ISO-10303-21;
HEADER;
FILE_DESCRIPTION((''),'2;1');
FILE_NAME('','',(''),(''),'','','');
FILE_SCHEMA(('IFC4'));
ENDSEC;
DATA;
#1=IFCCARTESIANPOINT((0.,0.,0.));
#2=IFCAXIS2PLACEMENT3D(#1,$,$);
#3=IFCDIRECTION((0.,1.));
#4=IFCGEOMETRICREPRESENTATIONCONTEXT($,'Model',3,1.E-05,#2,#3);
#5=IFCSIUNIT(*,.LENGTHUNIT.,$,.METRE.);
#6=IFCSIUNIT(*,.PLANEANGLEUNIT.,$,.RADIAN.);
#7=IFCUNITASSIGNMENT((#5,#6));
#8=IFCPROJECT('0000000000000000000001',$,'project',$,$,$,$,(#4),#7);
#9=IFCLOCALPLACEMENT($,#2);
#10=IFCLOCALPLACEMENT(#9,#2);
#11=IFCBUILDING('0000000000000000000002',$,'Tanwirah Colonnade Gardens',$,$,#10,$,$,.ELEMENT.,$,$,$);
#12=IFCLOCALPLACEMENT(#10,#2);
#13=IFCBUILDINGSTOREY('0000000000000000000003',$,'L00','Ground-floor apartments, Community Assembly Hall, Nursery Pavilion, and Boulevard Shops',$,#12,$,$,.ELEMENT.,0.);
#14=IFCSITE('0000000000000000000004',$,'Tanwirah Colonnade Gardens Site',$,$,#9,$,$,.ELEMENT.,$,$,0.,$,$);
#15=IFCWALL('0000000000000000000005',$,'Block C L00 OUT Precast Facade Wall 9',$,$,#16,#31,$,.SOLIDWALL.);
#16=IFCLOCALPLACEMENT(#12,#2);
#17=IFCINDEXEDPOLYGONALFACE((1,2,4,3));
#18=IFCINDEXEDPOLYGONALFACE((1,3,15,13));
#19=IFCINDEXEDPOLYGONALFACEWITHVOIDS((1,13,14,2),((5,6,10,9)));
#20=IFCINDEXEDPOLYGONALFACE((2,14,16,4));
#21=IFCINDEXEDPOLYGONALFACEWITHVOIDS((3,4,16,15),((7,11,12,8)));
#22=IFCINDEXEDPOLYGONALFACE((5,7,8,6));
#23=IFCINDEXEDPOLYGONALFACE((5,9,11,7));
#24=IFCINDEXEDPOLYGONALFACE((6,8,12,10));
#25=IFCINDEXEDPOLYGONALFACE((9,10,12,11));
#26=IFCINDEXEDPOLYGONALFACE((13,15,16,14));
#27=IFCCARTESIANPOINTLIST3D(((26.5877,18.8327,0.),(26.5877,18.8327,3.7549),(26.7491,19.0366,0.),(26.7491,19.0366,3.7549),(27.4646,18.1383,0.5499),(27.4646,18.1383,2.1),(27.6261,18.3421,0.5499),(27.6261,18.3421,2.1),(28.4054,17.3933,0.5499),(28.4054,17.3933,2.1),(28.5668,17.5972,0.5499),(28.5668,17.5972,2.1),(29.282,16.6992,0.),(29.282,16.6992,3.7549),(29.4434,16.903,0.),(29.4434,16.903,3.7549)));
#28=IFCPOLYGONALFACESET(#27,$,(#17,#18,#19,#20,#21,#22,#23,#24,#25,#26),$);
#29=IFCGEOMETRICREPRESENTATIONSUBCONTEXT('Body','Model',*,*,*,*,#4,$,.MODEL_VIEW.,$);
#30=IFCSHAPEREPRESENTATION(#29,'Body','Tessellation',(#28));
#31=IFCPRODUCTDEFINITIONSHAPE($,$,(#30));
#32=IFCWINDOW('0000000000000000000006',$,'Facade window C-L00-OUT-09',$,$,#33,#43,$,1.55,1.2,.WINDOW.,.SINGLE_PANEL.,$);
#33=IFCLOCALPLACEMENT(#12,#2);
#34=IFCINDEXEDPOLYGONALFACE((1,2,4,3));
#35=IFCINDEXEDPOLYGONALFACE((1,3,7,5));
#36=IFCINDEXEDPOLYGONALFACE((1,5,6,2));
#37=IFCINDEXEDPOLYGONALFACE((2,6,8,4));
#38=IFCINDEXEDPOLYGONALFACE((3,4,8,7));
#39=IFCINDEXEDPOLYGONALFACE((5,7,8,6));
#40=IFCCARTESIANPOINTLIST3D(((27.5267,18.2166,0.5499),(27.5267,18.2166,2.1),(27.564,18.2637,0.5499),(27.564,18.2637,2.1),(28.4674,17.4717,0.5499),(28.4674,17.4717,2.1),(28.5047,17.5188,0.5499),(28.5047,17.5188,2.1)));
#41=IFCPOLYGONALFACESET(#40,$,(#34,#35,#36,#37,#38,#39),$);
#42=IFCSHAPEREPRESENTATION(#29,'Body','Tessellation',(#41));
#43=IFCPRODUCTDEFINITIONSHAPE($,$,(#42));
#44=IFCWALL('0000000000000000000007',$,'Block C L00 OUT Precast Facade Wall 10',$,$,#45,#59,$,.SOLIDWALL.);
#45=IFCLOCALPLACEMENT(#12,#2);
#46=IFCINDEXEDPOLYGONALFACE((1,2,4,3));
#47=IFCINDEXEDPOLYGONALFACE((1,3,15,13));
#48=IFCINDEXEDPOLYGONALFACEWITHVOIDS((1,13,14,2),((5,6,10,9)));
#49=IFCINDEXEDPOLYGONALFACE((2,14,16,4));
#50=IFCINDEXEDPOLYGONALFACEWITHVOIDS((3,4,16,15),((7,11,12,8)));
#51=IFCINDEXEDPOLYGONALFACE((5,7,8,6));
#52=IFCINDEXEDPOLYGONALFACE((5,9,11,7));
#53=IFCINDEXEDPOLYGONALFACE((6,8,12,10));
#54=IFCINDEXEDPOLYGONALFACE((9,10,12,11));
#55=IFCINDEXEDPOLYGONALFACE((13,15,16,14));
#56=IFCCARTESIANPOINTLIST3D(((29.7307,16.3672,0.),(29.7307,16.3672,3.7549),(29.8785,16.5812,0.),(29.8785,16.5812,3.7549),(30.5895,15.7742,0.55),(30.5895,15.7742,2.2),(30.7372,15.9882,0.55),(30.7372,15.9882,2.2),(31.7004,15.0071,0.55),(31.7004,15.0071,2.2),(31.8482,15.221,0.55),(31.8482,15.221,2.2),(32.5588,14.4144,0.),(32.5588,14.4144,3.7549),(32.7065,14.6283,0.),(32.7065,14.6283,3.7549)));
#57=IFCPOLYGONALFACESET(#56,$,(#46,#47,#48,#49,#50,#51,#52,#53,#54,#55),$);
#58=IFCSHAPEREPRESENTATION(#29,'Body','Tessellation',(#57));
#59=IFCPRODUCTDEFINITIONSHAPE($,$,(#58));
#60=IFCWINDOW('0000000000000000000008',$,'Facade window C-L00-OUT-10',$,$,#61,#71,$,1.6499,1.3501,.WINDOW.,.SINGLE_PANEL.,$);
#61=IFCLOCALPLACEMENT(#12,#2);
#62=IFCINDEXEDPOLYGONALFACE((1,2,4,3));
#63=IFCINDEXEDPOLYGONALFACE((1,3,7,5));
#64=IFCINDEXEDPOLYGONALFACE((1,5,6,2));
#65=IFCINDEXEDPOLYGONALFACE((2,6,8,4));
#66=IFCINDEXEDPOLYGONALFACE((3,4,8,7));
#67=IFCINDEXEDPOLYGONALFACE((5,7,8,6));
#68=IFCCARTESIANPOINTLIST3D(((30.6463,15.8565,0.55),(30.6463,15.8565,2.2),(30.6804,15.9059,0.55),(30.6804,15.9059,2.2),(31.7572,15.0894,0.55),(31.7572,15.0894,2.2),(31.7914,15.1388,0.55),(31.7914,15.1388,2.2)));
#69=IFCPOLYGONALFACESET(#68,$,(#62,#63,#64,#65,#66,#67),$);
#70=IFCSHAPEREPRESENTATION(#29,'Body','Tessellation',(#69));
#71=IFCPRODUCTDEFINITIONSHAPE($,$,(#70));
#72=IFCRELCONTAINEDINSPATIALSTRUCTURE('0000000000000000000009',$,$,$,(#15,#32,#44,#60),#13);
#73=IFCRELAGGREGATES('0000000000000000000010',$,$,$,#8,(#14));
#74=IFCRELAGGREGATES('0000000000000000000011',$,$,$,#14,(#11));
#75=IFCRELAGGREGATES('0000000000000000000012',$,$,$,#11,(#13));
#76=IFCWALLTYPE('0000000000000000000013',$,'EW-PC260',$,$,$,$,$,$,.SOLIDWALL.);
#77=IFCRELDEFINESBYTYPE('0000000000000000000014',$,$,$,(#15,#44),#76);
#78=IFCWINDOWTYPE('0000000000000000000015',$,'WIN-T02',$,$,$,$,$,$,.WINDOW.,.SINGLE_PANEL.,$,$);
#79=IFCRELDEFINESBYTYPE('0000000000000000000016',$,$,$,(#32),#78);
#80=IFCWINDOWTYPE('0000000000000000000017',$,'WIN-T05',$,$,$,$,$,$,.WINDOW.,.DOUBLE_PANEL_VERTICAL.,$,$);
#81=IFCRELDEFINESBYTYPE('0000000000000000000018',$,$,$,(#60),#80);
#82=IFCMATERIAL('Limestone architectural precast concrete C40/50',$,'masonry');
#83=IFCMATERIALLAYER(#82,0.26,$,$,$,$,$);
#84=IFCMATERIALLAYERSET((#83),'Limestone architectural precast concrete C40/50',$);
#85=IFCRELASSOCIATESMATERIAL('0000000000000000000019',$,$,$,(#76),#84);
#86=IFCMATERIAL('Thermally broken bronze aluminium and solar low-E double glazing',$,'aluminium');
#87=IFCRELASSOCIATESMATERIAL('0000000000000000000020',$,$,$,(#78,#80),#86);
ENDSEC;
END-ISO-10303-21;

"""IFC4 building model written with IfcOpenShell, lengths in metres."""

from ifc_helpers import new_model, si_unit, direction, frame, frame_2d, origin, place, context, subcontext, project, spatial, rectangle, extrude, material, layer, layer_set, type_object, element, fill, save


model = new_model("IFC4")

# Units and contexts
model_context = context("Model", 3, precision=1e-05, world=origin(), true_north=direction((0.0, 1.0)))
body_context = subcontext(model_context, "Body", "Model", "MODEL_VIEW")
ifc_project = project(units=[si_unit("LENGTHUNIT", "METRE"), si_unit("PLANEANGLEUNIT", "RADIAN")], contexts=[model_context])

# Site, building, storey
site_placement = place(None, origin())
site = spatial("IfcSite", under=ifc_project, at=site_placement, Name="Tanwirah Colonnade Gardens Site", CompositionType="ELEMENT", RefElevation=0.0)
building_placement = place(site_placement, origin())
building = spatial("IfcBuilding", under=site, at=building_placement, Name="Tanwirah Colonnade Gardens", CompositionType="ELEMENT")
storey_placement = place(building_placement, origin())
storey = spatial("IfcBuildingStorey", under=building, at=storey_placement, Name="L00", Description="Ground-floor apartments, Community Assembly Hall, Nursery Pavilion, and Boulevard Shops", CompositionType="ELEMENT", Elevation=0.0)

# Walls, openings, windows
ifc_material_1 = material(Name="Limestone architectural precast concrete C40/50", Category="masonry")
ifc_layer_1 = layer(ifc_material_1, 0.26)
ifc_layer_set_1 = layer_set([ifc_layer_1], Name="Limestone architectural precast concrete C40/50")
wall_type = type_object("IfcWallType", Name="EW-PC260", PredefinedType="SOLIDWALL", material=ifc_layer_set_1)
wall_1_placement = place(storey_placement, frame((26.6685, 18.9346, 0.0), z_axis=(0.0, 0.0, 1.0), x_axis=(0.783971, -0.620798, 0.0)))
wall_1 = element("IfcWall", 1, at=wall_1_placement, inside=storey, type_object=wall_type, Name="Block C L00 OUT Precast Facade Wall 9", PredefinedType="SOLIDWALL", context=body_context, shape_type="SweptSolid", body=[
    extrude(rectangle(XDim=3.4368, YDim=0.26, at=frame_2d((1.7183, 0.0))), origin(), (0.0, 0.0, 1.0), 3.7549),
])
opening_1_placement = place(wall_1_placement, frame((1.1184, 0.0, 0.55)))
opening_1 = element("IfcOpeningElement", 2, at=opening_1_placement, cuts=wall_1, PredefinedType="OPENING", context=body_context, shape_type="SweptSolid", body=[
    extrude(rectangle(XDim=1.2, YDim=1.55, at=frame_2d((0.6001, 0.7749))), frame((0.0, 0.1399, 0.0), z_axis=(0.0, -1.0, 0.0), x_axis=(1.0, 0.0, 0.0)), (0.0, 0.0, 1.0), 0.28),
])
ifc_material_2 = material(Name="Thermally broken bronze aluminium and solar low-E double glazing", Category="aluminium")
window_type_1 = type_object("IfcWindowType", Name="WIN-T02", PartitioningType="SINGLE_PANEL", PredefinedType="WINDOW", material=ifc_material_2)
window_1_placement = place(opening_1_placement, origin())
window_1 = element("IfcWindow", 3, at=window_1_placement, inside=storey, type_object=window_type_1, Name="Facade window C-L00-OUT-09", OverallHeight=1.55, OverallWidth=1.2, PartitioningType="SINGLE_PANEL", PredefinedType="WINDOW", context=body_context, shape_type="SweptSolid", body=[
    extrude(rectangle(XDim=1.2, YDim=1.55, at=frame_2d((0.6001, 0.7749))), frame((0.0, 0.03, 0.0), z_axis=(0.0, -1.0, 0.0), x_axis=(1.0, 0.0, 0.0)), (0.0, 0.0, 1.0), 0.0601),
])
fill(opening_1, window_1)
wall_2_placement = place(storey_placement, frame((29.8047, 16.4741, 0.0), z_axis=(0.0, 0.0, 1.0), x_axis=(0.82288, -0.568216, 0.0)))
wall_2 = element("IfcWall", 4, at=wall_2_placement, inside=storey, type_object=wall_type, Name="Block C L00 OUT Precast Facade Wall 10", PredefinedType="SOLIDWALL", context=body_context, shape_type="SweptSolid", body=[
    extrude(rectangle(XDim=3.4368, YDim=0.26, at=frame_2d((1.7183, 0.0))), origin(), (0.0, 0.0, 1.0), 3.7549),
])
opening_2_placement = place(wall_2_placement, frame((1.0435, 0.0, 0.55)))
opening_2 = element("IfcOpeningElement", 5, at=opening_2_placement, cuts=wall_2, PredefinedType="OPENING", context=body_context, shape_type="SweptSolid", body=[
    extrude(rectangle(XDim=1.3501, YDim=1.6499, at=frame_2d((0.675, 0.825))), frame((0.0, 0.1399, 0.0), z_axis=(0.0, -1.0, 0.0), x_axis=(1.0, 0.0, 0.0)), (0.0, 0.0, 1.0), 0.28),
])
window_type_2 = type_object("IfcWindowType", Name="WIN-T05", PartitioningType="DOUBLE_PANEL_VERTICAL", PredefinedType="WINDOW", material=ifc_material_2)
window_2_placement = place(opening_2_placement, origin())
window_2 = element("IfcWindow", 6, at=window_2_placement, inside=storey, type_object=window_type_2, Name="Facade window C-L00-OUT-10", OverallHeight=1.6499, OverallWidth=1.3501, PartitioningType="SINGLE_PANEL", PredefinedType="WINDOW", context=body_context, shape_type="SweptSolid", body=[
    extrude(rectangle(XDim=1.3501, YDim=1.6499, at=frame_2d((0.675, 0.825))), frame((0.0, 0.03, 0.0), z_axis=(0.0, -1.0, 0.0), x_axis=(1.0, 0.0, 0.0)), (0.0, 0.0, 1.0), 0.0601),
])
fill(opening_2, window_2)

save(model, "model.ifc")
